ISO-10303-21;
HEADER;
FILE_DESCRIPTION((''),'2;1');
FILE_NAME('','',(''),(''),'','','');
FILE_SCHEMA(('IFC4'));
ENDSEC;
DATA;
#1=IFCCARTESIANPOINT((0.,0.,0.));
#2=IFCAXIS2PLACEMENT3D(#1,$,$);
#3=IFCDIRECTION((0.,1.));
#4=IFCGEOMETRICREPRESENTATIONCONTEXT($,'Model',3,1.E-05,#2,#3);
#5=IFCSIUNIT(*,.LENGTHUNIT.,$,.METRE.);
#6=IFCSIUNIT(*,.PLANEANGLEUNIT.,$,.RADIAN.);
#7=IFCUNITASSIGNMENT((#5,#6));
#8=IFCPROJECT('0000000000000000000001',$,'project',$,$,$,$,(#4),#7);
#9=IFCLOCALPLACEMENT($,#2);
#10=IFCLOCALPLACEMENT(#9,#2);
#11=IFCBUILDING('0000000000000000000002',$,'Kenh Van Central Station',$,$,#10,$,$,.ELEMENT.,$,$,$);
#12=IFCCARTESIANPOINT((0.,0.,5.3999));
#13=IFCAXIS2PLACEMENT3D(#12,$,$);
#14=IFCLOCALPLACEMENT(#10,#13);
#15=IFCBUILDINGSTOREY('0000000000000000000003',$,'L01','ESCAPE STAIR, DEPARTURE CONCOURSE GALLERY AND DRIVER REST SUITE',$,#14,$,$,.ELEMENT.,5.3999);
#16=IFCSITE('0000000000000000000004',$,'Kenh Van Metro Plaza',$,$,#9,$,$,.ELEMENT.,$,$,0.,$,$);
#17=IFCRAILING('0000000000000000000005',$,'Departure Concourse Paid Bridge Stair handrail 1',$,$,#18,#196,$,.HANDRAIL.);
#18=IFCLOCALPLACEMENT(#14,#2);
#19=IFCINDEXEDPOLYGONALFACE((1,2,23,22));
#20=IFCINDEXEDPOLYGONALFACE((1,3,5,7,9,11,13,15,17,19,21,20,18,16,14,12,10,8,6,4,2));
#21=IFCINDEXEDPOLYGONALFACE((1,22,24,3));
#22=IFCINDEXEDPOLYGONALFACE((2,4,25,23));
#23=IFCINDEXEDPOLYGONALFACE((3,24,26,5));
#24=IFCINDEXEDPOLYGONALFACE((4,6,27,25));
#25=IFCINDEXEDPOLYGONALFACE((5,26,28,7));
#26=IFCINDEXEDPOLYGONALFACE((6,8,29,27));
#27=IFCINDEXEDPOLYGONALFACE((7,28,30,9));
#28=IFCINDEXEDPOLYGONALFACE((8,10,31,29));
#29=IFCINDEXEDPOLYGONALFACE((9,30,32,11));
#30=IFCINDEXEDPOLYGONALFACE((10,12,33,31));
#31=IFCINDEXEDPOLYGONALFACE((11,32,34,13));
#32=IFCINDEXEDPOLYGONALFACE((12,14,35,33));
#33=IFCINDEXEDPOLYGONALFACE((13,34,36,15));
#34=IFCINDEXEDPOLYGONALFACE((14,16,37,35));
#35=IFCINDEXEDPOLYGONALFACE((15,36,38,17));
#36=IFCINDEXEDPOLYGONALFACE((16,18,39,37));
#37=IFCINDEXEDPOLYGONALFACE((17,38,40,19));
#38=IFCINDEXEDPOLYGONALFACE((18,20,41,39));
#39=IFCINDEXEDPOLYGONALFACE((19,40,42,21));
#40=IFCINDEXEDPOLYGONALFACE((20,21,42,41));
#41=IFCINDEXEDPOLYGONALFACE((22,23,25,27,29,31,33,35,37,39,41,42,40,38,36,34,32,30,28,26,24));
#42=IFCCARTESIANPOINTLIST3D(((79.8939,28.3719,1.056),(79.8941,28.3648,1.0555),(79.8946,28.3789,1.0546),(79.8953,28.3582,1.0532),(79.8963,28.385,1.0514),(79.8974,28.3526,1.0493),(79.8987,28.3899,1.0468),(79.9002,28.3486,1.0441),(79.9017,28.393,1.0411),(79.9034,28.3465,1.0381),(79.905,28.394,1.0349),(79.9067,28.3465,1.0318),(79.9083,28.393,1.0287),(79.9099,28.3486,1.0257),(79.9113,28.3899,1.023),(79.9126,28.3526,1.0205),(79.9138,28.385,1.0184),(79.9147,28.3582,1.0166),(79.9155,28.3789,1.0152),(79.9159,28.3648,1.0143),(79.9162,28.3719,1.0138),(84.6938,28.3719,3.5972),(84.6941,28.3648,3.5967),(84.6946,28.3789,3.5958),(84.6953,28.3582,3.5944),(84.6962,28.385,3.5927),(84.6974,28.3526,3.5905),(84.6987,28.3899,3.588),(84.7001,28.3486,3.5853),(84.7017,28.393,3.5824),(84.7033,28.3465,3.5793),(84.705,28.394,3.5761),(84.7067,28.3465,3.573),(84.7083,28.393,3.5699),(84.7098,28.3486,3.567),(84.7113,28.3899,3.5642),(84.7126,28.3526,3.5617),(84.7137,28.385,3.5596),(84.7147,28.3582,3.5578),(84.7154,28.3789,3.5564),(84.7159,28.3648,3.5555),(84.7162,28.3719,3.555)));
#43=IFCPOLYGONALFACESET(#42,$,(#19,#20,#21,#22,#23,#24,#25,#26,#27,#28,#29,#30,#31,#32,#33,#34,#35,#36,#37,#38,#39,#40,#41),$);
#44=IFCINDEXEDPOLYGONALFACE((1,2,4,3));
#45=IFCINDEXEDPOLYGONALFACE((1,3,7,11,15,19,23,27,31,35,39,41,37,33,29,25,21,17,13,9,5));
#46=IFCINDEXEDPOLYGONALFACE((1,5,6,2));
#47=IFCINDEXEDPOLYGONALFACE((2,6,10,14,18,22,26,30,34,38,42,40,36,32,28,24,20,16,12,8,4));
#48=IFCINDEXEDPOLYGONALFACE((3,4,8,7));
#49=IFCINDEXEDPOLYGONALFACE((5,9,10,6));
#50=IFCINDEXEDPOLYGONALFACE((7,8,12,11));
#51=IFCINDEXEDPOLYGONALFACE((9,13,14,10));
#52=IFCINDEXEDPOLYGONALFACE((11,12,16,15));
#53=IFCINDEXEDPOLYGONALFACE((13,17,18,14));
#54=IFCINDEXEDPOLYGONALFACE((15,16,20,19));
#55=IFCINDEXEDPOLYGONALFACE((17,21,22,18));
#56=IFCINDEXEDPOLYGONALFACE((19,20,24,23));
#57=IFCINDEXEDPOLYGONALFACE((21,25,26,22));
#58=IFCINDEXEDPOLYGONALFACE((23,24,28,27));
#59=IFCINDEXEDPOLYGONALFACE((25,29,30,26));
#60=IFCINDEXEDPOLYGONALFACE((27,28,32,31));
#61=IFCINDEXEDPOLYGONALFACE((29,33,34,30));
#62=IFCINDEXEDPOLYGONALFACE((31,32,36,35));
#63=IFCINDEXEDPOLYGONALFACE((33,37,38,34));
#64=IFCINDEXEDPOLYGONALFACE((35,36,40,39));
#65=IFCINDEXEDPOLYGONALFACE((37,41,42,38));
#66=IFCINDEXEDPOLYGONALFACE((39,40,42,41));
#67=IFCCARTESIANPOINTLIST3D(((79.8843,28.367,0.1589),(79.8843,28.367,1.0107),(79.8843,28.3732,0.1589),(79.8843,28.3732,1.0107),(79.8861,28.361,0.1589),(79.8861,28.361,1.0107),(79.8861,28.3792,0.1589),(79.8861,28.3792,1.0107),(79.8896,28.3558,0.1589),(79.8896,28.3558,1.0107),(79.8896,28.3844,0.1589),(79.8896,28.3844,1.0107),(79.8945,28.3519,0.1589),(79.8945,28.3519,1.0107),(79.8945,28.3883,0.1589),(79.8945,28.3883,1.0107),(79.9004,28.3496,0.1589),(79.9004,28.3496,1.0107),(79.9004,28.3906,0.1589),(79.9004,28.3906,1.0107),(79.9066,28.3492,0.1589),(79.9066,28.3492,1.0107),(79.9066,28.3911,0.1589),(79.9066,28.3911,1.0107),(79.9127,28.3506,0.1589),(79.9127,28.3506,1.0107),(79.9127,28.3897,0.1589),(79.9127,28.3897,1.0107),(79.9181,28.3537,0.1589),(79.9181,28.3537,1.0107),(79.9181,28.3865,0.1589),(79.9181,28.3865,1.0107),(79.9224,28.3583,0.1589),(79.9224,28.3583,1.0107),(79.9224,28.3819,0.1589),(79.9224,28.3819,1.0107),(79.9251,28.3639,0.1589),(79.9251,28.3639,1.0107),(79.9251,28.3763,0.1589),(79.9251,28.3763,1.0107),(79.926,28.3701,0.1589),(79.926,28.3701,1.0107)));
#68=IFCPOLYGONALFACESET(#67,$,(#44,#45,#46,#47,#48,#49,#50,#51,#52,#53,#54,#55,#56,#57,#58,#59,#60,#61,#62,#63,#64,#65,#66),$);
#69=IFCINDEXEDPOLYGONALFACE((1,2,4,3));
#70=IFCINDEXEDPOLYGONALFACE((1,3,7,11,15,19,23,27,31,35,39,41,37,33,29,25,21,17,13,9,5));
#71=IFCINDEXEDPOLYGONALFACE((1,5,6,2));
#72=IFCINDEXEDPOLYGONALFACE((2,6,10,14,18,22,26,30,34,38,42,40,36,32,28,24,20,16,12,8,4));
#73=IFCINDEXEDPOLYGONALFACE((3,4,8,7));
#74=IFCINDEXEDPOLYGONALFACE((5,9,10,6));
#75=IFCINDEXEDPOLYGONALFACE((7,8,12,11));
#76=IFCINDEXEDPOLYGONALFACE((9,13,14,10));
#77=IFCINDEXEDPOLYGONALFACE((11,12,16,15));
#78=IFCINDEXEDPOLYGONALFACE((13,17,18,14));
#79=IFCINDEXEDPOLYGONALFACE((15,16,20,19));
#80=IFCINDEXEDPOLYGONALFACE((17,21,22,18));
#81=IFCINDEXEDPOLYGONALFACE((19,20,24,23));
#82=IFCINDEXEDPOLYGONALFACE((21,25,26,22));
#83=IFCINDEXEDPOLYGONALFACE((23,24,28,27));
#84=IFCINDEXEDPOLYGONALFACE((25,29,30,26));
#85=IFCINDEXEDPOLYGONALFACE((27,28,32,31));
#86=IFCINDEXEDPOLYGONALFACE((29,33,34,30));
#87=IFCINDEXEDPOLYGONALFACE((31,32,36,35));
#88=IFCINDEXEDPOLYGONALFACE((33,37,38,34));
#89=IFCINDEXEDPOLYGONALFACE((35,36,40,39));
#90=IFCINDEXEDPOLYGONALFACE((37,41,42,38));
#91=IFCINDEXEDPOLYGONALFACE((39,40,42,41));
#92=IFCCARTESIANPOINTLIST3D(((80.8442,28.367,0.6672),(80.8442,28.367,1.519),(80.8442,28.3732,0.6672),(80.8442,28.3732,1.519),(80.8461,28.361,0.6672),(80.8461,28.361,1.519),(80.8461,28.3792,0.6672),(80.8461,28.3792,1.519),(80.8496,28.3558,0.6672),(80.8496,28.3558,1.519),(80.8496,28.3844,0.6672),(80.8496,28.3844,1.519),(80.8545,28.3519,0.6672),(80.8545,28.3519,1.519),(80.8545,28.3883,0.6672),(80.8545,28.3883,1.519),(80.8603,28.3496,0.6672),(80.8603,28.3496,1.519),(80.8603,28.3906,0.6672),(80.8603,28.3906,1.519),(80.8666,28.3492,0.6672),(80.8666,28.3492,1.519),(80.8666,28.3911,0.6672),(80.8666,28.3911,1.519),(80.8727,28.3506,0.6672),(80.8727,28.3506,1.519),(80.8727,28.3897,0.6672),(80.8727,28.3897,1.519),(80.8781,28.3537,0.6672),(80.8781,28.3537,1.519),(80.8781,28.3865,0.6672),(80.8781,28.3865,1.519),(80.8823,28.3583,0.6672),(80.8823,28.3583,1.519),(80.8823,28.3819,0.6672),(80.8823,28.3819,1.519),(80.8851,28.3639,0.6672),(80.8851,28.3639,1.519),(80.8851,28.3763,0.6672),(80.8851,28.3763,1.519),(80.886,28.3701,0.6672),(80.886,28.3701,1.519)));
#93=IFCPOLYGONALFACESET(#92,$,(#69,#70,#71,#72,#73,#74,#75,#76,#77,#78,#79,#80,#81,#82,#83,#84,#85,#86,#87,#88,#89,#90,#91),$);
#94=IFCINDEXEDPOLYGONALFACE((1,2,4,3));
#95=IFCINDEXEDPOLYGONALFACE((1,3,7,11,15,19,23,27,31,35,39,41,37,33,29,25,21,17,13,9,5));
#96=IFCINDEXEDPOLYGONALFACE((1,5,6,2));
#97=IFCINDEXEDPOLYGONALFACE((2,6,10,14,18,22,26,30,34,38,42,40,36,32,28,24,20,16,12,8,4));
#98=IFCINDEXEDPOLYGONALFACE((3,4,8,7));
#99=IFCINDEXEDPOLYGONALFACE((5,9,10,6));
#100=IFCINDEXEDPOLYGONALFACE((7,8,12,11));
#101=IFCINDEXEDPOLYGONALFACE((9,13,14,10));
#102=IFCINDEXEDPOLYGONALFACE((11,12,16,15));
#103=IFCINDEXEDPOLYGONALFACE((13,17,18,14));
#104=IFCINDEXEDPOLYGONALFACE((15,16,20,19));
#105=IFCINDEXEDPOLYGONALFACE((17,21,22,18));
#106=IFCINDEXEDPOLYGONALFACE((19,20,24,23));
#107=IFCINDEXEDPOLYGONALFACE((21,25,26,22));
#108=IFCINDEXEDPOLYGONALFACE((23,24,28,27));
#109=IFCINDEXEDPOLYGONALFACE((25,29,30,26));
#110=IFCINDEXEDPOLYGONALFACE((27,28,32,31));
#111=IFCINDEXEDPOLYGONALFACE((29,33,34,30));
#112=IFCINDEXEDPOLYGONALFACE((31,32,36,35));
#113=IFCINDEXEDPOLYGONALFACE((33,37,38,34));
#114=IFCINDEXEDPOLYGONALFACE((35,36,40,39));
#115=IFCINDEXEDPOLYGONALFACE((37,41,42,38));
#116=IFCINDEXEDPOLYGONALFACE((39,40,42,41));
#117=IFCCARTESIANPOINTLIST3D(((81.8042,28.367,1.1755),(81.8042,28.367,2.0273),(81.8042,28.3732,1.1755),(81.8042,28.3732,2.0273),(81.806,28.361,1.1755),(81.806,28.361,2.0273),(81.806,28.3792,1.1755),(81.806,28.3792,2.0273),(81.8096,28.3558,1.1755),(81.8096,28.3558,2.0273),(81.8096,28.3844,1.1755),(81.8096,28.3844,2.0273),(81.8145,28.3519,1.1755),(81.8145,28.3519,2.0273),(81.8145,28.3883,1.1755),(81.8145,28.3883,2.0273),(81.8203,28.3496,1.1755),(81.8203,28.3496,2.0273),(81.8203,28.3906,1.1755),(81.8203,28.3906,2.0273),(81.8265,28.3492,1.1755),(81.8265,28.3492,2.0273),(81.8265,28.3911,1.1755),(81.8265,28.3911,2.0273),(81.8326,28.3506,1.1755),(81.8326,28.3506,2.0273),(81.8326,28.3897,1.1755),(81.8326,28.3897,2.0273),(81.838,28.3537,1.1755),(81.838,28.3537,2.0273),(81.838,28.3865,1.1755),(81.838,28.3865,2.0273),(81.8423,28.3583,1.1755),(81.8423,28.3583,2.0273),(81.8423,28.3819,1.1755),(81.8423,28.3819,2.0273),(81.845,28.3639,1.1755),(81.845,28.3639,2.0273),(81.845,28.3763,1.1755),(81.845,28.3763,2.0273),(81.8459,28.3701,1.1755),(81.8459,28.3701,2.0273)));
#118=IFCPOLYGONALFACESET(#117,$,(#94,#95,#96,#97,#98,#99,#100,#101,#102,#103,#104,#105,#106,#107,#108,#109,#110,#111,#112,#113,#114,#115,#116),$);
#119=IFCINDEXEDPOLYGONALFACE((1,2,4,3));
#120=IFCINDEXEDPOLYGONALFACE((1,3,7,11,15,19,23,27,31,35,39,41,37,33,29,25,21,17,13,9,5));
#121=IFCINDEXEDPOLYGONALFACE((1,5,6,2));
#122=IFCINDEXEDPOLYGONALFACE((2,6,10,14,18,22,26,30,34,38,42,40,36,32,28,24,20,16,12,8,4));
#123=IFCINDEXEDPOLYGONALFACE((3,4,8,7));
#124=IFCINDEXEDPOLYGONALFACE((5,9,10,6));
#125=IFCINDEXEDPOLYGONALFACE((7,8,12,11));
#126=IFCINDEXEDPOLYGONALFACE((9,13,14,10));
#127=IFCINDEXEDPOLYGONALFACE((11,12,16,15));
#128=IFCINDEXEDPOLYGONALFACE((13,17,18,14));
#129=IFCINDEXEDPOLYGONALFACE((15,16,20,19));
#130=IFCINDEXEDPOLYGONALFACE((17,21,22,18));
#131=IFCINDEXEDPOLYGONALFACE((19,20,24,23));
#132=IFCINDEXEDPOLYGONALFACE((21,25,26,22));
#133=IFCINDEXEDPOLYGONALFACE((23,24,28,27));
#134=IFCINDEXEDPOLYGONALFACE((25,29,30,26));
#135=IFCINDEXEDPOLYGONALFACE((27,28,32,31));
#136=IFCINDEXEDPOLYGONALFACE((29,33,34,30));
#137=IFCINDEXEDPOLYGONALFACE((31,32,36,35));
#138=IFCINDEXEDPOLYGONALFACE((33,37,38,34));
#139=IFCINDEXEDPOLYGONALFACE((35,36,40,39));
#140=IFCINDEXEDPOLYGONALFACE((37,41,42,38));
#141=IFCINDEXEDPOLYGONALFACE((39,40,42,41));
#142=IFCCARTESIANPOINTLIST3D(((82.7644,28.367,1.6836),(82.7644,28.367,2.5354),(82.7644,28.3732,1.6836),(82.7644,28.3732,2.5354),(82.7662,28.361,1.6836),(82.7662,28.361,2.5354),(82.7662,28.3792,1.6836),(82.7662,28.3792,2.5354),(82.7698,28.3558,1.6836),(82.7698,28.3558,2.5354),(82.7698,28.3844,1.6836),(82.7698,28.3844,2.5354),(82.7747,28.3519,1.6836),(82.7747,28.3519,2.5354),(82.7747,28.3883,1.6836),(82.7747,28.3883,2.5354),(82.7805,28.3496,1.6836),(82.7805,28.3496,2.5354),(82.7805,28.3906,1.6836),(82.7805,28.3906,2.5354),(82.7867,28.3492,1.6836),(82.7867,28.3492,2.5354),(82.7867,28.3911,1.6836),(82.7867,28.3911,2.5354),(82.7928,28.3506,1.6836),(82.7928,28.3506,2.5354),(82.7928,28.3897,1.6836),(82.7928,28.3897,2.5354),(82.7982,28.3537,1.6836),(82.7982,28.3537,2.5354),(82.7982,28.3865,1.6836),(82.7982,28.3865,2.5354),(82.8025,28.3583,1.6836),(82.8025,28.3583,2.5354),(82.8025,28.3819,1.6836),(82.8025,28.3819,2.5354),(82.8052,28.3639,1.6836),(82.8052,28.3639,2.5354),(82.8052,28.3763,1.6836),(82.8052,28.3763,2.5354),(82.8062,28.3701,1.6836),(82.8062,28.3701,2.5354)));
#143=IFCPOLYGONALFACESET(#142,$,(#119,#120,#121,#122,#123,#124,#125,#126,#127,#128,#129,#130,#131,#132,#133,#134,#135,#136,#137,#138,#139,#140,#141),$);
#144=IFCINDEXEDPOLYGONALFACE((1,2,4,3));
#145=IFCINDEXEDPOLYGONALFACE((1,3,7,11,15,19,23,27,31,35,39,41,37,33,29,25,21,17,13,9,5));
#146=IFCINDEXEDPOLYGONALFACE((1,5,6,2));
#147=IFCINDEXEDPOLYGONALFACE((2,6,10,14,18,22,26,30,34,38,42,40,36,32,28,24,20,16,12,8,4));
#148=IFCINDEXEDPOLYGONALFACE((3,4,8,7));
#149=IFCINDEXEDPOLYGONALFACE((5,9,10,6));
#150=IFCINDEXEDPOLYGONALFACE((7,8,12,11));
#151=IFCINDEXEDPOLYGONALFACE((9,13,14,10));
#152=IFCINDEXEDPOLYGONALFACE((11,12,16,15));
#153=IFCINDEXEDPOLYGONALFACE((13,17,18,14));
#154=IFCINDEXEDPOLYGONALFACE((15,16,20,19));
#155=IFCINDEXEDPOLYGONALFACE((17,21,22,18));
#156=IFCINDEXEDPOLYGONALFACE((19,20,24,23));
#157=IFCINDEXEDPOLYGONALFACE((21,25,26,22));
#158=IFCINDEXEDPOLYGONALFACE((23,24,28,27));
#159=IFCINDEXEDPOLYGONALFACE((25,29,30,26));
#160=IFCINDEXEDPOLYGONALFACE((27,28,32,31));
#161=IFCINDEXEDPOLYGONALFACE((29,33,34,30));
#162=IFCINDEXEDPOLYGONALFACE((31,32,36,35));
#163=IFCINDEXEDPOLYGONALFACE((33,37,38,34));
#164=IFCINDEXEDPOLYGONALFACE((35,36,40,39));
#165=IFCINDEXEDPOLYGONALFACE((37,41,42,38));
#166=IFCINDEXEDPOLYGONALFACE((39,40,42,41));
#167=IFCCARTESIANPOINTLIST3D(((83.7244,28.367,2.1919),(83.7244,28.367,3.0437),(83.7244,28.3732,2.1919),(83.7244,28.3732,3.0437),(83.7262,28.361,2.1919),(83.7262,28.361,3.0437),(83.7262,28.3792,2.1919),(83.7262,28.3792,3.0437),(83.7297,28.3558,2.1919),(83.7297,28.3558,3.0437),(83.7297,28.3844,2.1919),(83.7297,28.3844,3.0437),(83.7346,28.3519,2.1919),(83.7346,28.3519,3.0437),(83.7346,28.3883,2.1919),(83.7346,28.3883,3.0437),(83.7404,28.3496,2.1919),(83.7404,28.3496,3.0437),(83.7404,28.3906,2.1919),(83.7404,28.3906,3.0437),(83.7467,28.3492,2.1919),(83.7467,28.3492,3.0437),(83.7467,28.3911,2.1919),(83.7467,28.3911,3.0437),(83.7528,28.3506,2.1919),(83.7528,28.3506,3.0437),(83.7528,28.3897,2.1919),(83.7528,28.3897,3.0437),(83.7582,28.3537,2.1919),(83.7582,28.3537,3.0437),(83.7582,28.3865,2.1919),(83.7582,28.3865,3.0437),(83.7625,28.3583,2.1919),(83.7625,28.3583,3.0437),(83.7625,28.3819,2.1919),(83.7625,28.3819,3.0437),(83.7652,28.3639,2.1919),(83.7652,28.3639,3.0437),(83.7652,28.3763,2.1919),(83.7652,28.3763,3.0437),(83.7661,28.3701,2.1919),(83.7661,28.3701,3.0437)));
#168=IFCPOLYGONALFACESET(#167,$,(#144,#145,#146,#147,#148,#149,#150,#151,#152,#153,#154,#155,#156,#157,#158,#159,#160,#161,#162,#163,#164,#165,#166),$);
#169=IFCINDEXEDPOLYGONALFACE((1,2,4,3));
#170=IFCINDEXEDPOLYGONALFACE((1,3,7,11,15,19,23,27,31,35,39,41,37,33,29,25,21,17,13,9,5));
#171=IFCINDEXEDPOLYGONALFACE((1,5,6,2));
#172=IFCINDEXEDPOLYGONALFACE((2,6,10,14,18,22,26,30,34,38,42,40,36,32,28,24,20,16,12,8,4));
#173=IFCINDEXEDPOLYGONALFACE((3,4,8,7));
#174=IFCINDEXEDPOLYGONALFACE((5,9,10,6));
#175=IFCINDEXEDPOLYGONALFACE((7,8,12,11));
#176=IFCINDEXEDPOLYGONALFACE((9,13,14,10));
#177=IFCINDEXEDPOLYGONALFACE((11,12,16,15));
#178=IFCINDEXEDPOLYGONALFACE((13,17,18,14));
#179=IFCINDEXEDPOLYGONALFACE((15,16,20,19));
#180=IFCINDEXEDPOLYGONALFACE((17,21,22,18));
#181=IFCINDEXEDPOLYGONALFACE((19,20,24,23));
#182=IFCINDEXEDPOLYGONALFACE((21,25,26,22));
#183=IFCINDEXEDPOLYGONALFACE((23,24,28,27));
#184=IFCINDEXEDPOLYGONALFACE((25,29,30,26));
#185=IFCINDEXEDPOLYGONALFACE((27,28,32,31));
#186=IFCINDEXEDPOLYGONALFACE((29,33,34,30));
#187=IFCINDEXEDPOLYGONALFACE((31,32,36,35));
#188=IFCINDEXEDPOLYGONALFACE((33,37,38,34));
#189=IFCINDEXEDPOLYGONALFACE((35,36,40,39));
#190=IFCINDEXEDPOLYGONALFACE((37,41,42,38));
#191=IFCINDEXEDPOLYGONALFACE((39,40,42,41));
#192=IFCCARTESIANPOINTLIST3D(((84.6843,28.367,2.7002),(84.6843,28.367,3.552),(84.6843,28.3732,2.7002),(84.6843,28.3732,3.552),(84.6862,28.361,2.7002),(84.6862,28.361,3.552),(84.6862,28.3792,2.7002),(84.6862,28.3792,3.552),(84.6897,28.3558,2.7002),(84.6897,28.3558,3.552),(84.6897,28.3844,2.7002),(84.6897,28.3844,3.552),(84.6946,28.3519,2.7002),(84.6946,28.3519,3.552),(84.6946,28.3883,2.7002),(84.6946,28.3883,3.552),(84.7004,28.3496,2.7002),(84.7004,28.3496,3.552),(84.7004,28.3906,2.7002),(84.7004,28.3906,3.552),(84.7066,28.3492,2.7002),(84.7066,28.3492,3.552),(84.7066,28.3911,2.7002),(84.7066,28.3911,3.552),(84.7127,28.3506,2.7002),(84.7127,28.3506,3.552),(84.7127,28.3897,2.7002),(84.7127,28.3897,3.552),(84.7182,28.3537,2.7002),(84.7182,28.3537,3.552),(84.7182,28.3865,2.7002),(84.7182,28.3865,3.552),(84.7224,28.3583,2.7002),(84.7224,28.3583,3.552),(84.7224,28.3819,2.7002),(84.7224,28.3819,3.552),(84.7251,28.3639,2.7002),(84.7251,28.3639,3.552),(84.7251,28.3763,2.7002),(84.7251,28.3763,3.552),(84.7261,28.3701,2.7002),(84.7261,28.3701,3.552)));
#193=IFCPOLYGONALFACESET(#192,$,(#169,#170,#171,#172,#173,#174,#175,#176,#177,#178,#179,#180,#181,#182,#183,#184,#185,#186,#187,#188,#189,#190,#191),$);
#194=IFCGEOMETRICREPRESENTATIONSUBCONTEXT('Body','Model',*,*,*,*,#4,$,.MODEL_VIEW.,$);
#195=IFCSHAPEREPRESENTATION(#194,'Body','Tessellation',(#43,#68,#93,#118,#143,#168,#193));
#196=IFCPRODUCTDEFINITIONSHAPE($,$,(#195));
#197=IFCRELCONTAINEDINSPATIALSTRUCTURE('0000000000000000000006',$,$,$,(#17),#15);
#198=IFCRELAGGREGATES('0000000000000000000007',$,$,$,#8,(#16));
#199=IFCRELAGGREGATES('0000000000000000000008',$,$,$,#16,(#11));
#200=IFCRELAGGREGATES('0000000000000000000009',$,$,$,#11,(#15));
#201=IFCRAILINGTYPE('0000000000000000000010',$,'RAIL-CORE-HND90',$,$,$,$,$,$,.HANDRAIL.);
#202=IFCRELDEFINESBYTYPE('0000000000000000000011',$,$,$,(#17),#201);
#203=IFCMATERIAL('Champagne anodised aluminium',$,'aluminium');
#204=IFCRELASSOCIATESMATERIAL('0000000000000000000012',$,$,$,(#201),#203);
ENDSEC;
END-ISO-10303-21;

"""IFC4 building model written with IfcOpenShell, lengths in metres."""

from ifc_helpers import new_model, si_unit, direction, frame, origin, origin_2d, place, context, subcontext, project, spatial, circle, extrude, material, type_object, element, save


model = new_model("IFC4")

# Units and contexts
model_context = context("Model", 3, precision=1e-05, world=origin(), true_north=direction((0.0, 1.0)))
body_context = subcontext(model_context, "Body", "Model", "MODEL_VIEW")
ifc_project = project(units=[si_unit("LENGTHUNIT", "METRE"), si_unit("PLANEANGLEUNIT", "RADIAN")], contexts=[model_context])

# Site, building, storey
site_placement = place(None, origin())
site = spatial("IfcSite", under=ifc_project, at=site_placement, Name="Kenh Van Metro Plaza", CompositionType="ELEMENT", RefElevation=0.0)
building_placement = place(site_placement, origin())
building = spatial("IfcBuilding", under=site, at=building_placement, Name="Kenh Van Central Station", CompositionType="ELEMENT")
storey_placement = place(building_placement, frame((0.0, 0.0, 5.3999)))
storey = spatial("IfcBuildingStorey", under=building, at=storey_placement, Name="L01", Description="ESCAPE STAIR, DEPARTURE CONCOURSE GALLERY AND DRIVER REST SUITE", CompositionType="ELEMENT", Elevation=5.3999)

# Shared definitions
ifc_material_1 = material(Name="Champagne anodised aluminium", Category="aluminium")

# Railing
railing_type_1 = type_object("IfcRailingType", Name="RAIL-CORE-HND90", PredefinedType="HANDRAIL", material=ifc_material_1)
for number, where, name in (
    (1, (79.905, 28.3701, 0.1589), "Departure Concourse Paid Bridge Stair handrail 1"),
):
    element("IfcRailing", number, at=place(storey_placement, frame(where)), inside=storey, type_object=railing_type_1, Name=name, PredefinedType="HANDRAIL", context=body_context, shape_type="SweptSolid", body=[
        extrude(circle(Radius=0.0239, at=origin_2d()), frame((0.0, 0.0, 0.876), z_axis=(0.883784, 0.0, 0.467896), x_axis=(0.0, 1.0, 0.0)), (0.0, 0.0, 1.0), 5.4312),
        extrude(circle(Radius=0.021, at=origin_2d()), origin(), (0.0, 0.0, 1.0), 0.8518),
        extrude(circle(Radius=0.021, at=origin_2d()), frame((0.96, 0.0, 0.5083)), (0.0, 0.0, 1.0), 0.8518),
        extrude(circle(Radius=0.021, at=origin_2d()), frame((1.9199, 0.0, 1.0166)), (0.0, 0.0, 1.0), 0.8518),
        extrude(circle(Radius=0.021, at=origin_2d()), frame((2.8801, 0.0, 1.5247)), (0.0, 0.0, 1.0), 0.8518),
        extrude(circle(Radius=0.021, at=origin_2d()), frame((3.8401, 0.0, 2.033)), (0.0, 0.0, 1.0), 0.8518),
        extrude(circle(Radius=0.021, at=origin_2d()), frame((4.8, 0.0, 2.5413)), (0.0, 0.0, 1.0), 0.8518),
    ])

save(model, "model.ifc")
